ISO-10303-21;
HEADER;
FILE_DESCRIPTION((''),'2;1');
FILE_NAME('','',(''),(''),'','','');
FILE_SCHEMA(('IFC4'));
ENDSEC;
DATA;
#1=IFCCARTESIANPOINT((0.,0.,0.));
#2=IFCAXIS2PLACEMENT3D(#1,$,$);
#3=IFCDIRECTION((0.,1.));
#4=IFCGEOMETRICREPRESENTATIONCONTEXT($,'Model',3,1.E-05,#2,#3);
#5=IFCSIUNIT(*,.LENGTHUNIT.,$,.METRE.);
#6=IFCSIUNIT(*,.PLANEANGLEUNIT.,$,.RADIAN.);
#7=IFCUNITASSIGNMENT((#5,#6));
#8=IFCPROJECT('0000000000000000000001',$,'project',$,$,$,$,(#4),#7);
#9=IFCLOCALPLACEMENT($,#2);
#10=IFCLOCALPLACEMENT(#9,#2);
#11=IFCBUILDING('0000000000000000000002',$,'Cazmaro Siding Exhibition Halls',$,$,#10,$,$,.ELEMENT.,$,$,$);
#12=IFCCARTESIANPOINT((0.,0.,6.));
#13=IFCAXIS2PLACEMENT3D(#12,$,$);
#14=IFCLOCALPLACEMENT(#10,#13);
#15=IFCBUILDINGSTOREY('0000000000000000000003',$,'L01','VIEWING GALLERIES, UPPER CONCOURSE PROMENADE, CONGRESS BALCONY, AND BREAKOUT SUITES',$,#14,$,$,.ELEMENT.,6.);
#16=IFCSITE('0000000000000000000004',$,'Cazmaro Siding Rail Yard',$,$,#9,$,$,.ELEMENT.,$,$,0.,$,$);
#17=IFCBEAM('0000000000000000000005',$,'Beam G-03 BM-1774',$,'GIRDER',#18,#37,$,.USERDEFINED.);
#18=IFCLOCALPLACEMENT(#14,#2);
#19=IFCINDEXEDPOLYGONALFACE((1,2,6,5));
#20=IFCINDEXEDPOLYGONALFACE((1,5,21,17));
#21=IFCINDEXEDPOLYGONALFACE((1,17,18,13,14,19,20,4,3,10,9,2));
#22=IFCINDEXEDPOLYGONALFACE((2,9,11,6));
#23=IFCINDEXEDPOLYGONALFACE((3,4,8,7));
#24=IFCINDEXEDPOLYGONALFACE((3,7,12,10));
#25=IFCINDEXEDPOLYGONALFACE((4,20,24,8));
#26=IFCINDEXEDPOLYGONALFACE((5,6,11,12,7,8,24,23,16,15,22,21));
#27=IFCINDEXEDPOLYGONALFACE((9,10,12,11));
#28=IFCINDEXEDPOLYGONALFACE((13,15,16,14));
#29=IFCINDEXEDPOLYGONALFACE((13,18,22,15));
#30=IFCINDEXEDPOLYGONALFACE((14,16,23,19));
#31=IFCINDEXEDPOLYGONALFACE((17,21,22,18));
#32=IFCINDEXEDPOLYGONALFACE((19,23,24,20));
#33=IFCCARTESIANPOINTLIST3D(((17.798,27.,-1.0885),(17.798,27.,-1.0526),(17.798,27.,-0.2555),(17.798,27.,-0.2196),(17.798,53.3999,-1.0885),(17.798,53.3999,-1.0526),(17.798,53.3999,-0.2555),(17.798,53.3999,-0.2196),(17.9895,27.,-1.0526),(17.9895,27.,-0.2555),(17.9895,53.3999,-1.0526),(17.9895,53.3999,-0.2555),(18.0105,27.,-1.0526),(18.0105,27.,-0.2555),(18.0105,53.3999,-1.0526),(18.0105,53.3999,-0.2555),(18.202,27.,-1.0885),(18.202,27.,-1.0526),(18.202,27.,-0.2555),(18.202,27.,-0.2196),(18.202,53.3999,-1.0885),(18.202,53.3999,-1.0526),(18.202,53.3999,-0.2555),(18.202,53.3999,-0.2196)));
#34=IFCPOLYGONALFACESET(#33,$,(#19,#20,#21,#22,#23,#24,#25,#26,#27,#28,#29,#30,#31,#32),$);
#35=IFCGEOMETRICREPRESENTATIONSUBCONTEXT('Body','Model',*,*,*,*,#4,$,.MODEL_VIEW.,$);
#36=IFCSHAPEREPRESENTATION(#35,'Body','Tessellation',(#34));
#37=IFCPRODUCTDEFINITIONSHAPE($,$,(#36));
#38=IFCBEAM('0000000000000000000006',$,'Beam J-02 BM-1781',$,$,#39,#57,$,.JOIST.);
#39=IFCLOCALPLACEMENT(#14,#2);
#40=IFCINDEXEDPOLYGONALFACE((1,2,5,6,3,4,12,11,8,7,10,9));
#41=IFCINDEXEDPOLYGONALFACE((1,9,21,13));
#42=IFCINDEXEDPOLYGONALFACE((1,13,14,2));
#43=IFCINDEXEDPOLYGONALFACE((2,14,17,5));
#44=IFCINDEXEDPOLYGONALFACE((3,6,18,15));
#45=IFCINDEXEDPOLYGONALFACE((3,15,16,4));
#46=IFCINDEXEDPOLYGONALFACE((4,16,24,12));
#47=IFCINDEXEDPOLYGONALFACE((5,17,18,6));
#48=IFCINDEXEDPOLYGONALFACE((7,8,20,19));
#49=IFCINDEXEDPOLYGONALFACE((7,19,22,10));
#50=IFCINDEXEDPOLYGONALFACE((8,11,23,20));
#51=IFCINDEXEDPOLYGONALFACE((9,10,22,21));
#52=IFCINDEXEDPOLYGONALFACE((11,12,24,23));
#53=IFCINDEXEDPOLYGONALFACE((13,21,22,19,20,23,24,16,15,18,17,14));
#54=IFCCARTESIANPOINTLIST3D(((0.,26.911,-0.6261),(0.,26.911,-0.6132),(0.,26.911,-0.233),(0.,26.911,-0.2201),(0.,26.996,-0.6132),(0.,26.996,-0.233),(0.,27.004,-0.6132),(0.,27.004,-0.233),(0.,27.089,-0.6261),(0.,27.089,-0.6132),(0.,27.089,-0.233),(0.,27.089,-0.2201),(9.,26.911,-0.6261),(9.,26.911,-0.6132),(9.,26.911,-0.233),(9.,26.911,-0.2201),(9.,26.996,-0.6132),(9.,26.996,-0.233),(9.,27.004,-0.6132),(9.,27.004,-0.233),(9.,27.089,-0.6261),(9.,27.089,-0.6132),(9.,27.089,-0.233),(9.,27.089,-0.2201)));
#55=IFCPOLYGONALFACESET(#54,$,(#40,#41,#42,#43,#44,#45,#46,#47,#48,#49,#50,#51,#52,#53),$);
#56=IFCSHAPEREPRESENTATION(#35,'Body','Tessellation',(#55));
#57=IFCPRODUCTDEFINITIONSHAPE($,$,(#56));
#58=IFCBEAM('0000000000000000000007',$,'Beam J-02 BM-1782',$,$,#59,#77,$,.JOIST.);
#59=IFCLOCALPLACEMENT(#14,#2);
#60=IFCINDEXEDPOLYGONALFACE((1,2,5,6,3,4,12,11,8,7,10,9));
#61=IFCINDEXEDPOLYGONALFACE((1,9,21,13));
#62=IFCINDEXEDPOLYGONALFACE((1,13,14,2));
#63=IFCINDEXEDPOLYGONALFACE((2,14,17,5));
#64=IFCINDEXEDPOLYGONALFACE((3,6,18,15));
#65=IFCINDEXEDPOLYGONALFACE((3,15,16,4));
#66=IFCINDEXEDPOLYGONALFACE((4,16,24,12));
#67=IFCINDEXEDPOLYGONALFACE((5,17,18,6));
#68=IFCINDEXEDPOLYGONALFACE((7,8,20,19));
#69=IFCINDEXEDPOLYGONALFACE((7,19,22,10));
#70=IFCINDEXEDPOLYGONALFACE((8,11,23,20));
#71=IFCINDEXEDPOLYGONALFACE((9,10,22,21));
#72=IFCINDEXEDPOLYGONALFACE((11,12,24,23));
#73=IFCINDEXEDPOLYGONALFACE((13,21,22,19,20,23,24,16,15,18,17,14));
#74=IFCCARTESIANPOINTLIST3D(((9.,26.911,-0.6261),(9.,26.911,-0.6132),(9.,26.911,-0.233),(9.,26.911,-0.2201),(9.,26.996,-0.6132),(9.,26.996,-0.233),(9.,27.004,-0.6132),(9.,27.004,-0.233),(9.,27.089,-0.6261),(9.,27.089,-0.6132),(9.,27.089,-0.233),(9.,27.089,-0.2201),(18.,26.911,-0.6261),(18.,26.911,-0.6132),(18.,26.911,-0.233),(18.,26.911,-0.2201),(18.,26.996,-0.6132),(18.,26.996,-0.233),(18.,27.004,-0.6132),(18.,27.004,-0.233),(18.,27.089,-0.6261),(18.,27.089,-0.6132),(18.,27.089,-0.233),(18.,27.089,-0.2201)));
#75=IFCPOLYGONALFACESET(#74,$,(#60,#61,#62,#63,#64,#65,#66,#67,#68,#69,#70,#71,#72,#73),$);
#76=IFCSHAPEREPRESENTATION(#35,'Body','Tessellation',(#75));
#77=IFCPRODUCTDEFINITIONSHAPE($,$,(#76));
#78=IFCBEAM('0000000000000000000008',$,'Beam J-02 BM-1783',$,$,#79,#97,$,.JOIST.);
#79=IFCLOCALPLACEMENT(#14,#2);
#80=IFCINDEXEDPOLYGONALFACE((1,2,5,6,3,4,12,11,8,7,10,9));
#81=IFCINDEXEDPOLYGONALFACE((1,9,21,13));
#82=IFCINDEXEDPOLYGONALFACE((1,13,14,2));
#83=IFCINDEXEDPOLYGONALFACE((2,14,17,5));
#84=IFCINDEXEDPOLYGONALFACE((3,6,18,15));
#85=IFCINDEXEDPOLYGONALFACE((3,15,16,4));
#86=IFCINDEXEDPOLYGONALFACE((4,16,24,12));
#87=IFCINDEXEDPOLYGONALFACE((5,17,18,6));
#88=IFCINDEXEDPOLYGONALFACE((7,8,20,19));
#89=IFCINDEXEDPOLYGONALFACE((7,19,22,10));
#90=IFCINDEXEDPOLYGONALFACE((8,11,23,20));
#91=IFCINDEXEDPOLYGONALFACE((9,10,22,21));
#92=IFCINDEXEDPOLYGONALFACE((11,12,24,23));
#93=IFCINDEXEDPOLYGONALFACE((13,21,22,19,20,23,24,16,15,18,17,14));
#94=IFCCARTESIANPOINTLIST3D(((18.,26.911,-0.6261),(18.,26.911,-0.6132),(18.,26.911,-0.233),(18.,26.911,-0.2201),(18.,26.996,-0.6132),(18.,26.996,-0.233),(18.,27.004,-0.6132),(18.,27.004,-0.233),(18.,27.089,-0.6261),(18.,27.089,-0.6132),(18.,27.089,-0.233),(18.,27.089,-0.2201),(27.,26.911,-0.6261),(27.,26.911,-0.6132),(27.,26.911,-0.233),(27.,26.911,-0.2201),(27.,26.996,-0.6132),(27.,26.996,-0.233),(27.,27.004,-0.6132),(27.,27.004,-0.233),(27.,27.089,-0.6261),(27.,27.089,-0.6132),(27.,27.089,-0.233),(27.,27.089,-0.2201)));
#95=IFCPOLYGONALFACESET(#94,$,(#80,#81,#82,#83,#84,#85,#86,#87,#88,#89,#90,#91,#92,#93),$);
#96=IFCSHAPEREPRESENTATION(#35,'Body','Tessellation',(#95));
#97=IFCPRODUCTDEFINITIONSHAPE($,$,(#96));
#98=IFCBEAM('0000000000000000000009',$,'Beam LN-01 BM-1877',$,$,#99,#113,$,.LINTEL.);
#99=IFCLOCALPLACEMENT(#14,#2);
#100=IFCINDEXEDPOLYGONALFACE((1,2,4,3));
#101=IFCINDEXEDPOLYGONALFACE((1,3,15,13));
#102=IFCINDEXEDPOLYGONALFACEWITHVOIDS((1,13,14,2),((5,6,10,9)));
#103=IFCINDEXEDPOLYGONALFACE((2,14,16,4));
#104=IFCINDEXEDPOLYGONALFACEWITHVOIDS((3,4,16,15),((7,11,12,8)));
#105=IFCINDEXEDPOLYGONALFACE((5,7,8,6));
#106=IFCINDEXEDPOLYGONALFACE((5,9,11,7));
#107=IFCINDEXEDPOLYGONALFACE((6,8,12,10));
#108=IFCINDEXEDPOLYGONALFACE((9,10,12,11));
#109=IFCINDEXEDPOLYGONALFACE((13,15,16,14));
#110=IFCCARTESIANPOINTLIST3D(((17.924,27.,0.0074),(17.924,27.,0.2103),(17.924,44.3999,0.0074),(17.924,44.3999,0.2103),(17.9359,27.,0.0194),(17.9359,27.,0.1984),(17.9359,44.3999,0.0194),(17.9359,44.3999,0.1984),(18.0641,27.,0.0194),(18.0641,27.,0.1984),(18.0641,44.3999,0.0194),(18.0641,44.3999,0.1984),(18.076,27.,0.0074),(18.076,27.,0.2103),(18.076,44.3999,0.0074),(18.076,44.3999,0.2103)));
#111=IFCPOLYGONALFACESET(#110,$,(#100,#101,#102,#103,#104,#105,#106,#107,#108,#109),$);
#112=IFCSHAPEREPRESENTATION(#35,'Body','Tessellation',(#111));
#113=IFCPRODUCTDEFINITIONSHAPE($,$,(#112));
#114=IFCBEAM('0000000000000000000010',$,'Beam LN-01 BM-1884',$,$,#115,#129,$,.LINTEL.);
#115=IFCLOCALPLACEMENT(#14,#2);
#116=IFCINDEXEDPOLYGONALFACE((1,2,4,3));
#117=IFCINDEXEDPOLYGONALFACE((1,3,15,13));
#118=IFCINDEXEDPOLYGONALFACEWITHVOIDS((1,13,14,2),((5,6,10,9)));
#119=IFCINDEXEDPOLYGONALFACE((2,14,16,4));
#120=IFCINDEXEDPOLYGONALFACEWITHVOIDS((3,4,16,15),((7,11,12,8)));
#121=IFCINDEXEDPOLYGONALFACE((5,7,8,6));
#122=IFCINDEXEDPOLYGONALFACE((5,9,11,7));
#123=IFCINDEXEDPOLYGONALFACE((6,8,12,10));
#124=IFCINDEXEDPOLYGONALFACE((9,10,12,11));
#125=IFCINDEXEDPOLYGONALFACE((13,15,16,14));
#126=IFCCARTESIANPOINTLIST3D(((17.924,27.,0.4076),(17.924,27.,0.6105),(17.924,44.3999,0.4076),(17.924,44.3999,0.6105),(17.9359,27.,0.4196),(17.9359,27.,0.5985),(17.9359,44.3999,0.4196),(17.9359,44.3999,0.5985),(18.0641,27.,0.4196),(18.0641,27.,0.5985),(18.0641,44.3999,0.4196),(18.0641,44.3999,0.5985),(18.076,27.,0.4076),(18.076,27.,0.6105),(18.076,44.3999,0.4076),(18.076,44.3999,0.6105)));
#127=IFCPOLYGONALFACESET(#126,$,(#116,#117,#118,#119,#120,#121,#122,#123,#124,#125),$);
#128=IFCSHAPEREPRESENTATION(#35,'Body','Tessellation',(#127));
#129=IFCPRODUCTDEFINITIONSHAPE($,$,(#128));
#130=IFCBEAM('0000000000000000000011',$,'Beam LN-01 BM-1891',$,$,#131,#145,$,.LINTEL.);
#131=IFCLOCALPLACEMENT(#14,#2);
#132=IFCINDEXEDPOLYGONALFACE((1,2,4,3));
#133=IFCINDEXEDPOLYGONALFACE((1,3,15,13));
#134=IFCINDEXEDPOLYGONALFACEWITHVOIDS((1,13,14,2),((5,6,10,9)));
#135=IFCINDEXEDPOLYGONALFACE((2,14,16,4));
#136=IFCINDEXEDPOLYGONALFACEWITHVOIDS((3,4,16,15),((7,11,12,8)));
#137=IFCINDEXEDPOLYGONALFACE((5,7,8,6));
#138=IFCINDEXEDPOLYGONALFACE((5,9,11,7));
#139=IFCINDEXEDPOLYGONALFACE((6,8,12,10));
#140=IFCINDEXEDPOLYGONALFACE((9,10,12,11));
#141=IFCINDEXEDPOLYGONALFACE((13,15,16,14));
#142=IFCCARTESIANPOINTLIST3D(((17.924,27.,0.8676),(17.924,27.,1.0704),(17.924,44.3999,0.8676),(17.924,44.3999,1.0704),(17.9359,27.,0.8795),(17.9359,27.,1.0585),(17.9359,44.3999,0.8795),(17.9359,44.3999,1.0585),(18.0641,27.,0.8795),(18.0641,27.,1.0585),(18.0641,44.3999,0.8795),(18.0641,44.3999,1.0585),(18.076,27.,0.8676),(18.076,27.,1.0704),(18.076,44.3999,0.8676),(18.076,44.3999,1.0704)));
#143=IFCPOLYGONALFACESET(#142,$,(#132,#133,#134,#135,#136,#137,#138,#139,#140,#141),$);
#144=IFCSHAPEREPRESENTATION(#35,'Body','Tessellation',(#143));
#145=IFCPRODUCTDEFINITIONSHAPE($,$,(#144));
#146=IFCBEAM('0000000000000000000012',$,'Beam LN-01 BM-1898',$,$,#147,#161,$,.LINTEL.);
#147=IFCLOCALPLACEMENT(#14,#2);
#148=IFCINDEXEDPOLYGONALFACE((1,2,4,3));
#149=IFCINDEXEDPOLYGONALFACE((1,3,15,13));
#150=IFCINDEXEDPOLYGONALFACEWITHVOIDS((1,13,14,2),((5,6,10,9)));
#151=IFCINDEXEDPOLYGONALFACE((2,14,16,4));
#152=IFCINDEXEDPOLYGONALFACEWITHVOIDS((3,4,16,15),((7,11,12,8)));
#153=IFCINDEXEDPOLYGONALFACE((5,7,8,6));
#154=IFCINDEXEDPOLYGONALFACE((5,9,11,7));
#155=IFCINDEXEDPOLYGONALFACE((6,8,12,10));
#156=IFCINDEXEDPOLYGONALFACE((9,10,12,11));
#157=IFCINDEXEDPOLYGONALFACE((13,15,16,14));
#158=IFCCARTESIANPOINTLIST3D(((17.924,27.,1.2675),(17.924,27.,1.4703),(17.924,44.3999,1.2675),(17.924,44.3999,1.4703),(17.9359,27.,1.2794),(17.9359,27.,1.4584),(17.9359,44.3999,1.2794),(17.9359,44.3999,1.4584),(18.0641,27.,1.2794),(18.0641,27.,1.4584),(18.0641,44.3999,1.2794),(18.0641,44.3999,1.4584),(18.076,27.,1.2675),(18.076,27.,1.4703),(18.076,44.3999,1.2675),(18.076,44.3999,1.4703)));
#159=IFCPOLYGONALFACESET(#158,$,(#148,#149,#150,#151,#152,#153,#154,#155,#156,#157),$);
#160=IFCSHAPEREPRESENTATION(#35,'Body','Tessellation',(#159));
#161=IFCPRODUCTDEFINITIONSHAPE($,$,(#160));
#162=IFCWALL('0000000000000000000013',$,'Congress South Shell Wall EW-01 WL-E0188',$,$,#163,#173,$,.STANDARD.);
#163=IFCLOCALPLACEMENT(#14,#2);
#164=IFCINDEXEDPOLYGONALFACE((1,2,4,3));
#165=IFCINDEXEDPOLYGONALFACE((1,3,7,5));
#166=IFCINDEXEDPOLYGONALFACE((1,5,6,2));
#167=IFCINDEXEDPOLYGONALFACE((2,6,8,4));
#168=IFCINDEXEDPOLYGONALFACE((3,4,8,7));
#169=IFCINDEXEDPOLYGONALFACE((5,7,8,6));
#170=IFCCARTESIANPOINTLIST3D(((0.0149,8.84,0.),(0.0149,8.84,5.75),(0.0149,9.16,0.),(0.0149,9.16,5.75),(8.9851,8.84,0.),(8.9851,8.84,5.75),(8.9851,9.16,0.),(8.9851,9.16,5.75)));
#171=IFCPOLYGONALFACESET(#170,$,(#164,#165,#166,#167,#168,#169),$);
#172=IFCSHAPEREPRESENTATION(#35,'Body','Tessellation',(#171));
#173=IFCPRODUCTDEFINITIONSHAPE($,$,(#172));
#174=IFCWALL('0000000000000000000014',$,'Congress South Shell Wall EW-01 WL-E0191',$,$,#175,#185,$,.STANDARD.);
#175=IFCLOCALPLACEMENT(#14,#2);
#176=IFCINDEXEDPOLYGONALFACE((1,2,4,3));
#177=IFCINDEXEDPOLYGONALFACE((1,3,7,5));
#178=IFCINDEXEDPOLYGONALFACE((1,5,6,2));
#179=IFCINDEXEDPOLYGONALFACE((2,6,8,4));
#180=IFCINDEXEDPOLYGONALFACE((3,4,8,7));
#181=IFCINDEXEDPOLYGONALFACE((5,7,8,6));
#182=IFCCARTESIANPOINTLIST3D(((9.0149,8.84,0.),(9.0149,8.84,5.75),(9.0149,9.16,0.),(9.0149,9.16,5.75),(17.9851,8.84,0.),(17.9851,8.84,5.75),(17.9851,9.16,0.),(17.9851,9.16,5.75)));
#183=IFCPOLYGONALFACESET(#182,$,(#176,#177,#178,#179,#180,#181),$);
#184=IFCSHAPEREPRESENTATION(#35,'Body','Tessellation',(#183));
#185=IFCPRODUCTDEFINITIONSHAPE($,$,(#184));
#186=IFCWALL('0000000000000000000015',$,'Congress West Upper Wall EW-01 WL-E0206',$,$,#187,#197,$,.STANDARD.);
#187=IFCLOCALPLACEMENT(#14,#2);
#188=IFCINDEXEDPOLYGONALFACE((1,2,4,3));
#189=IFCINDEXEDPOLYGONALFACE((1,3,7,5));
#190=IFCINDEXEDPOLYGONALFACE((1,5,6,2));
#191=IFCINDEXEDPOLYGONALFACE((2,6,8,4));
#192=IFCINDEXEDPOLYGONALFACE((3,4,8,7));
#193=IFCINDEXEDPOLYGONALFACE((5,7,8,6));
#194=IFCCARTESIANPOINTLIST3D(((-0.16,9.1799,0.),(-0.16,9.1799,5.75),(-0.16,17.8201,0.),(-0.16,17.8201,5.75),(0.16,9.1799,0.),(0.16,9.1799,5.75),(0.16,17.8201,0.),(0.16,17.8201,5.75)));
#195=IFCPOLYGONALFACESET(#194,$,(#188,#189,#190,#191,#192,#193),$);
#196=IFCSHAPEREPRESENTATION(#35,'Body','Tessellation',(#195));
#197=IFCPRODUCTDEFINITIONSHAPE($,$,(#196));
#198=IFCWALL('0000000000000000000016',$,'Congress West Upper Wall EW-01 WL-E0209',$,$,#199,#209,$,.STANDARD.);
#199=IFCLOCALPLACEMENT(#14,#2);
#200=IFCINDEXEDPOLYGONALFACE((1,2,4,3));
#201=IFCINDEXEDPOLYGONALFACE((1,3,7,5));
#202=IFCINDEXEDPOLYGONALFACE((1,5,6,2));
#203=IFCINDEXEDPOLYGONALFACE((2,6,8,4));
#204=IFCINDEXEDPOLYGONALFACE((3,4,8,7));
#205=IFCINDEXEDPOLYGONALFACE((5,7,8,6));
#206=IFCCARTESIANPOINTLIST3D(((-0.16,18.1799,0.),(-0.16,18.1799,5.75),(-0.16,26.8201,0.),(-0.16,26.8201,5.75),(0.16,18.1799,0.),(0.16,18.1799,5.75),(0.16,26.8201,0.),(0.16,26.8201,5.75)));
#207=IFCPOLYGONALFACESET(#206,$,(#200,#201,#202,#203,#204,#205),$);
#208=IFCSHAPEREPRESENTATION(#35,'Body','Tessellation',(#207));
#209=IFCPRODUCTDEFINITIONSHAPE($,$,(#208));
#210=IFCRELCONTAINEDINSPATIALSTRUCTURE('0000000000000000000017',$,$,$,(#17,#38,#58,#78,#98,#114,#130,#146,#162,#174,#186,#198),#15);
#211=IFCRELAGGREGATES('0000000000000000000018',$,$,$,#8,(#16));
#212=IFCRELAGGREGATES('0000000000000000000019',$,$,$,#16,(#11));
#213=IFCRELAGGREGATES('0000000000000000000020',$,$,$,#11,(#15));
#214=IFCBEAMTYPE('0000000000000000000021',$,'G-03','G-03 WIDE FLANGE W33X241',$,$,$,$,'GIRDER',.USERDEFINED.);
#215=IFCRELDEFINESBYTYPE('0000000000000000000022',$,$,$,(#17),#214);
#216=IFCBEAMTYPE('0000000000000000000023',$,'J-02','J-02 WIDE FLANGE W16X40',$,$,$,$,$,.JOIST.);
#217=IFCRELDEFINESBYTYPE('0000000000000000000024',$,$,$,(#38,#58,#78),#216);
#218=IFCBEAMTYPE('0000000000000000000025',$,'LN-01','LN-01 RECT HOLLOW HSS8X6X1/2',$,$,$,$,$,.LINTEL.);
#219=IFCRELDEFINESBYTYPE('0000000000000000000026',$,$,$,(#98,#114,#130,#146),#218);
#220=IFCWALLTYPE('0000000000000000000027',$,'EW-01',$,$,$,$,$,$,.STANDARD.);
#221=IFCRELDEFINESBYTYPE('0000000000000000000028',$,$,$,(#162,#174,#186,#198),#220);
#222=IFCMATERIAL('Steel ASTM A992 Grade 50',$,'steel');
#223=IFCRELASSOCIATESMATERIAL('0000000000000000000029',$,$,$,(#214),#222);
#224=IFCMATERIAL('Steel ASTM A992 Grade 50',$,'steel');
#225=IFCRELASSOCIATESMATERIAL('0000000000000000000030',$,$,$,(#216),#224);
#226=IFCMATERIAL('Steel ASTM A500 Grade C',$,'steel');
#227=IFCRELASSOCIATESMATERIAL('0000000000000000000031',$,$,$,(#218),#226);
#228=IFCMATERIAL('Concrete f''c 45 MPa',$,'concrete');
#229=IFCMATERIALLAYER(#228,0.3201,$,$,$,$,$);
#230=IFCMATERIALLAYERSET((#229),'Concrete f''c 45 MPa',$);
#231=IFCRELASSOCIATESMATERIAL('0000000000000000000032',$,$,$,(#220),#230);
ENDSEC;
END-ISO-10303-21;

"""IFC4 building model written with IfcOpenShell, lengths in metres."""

from ifc_helpers import new_model, si_unit, direction, frame, frame_2d, origin, origin_2d, place, context, subcontext, project, spatial, rectangle, hollow_rectangle, i_section, extrude, material, layer, layer_set, material_profile, profile_set, type_object, element, save


model = new_model("IFC4")

# Units and contexts
model_context = context("Model", 3, precision=1e-05, world=origin(), true_north=direction((0.0, 1.0)))
body_context = subcontext(model_context, "Body", "Model", "MODEL_VIEW")
ifc_project = project(units=[si_unit("LENGTHUNIT", "METRE"), si_unit("PLANEANGLEUNIT", "RADIAN")], contexts=[model_context])

# Site, building, storey
site_placement = place(None, origin())
site = spatial("IfcSite", under=ifc_project, at=site_placement, Name="Cazmaro Siding Rail Yard", CompositionType="ELEMENT", RefElevation=0.0)
building_placement = place(site_placement, origin())
building = spatial("IfcBuilding", under=site, at=building_placement, Name="Cazmaro Siding Exhibition Halls", CompositionType="ELEMENT")
storey_placement = place(building_placement, frame((0.0, 0.0, 6.0)))
storey = spatial("IfcBuildingStorey", under=building, at=storey_placement, Name="L01", Description="VIEWING GALLERIES, UPPER CONCOURSE PROMENADE, CONGRESS BALCONY, AND BREAKOUT SUITES", CompositionType="ELEMENT", Elevation=6.0)

# Beams
ifc_material_1 = material(Name="Steel ASTM A992 Grade 50", Category="steel")
ifc_material_profile_1 = material_profile(ifc_material_1, i_section(OverallWidth=0.4041, OverallDepth=0.8689, WebThickness=0.021, FlangeThickness=0.0359, at=origin_2d()), Name="W33X241")
ifc_profile_set_1 = profile_set([ifc_material_profile_1], Name="Steel ASTM A992 Grade 50")
beam_type_1 = type_object("IfcBeamType", Name="G-03", Description="G-03 WIDE FLANGE W33X241", ElementType="GIRDER", PredefinedType="USERDEFINED", material=ifc_profile_set_1)
for number, where, z_axis, x_axis, name in (
    (1, (18.0, 27.0, -0.6541), (0.0, 1.0, 0.0), (-1.0, 0.0, 0.0), "Beam G-03 BM-1774"),
):
    element("IfcBeam", number, at=place(storey_placement, frame(where, z_axis=z_axis, x_axis=x_axis)), inside=storey, type_object=beam_type_1, Name=name, ObjectType="GIRDER", PredefinedType="USERDEFINED", context=body_context, shape_type="SweptSolid", body=[
        extrude(i_section(OverallWidth=0.4041, OverallDepth=0.8689, WebThickness=0.021, FlangeThickness=0.0359, at=origin_2d()), origin(), (0.0, 0.0, 1.0), 26.3999),
    ])
ifc_material_2 = material(Name="Steel ASTM A992 Grade 50", Category="steel")
ifc_material_profile_2 = material_profile(ifc_material_2, i_section(OverallWidth=0.178, OverallDepth=0.406, WebThickness=0.0081, FlangeThickness=0.0129, at=origin_2d()), Name="W16X40")
ifc_profile_set_2 = profile_set([ifc_material_profile_2], Name="Steel ASTM A992 Grade 50")
beam_type_2 = type_object("IfcBeamType", Name="J-02", Description="J-02 WIDE FLANGE W16X40", PredefinedType="JOIST", material=ifc_profile_set_2)
for number, where, z_axis, x_axis, name in (
    (2, (0.0, 27.0, -0.4231), (1.0, 0.0, 0.0), (0.0, 1.0, 0.0), "Beam J-02 BM-1781"),
    (3, (9.0, 27.0, -0.4231), (1.0, 0.0, 0.0), (0.0, 1.0, 0.0), "Beam J-02 BM-1782"),
    (4, (18.0, 27.0, -0.4231), (1.0, 0.0, 0.0), (0.0, 1.0, 0.0), "Beam J-02 BM-1783"),
):
    element("IfcBeam", number, at=place(storey_placement, frame(where, z_axis=z_axis, x_axis=x_axis)), inside=storey, type_object=beam_type_2, Name=name, PredefinedType="JOIST", context=body_context, shape_type="SweptSolid", body=[
        extrude(i_section(OverallWidth=0.178, OverallDepth=0.406, WebThickness=0.0081, FlangeThickness=0.0129, at=origin_2d()), origin(), (0.0, 0.0, 1.0), 9.0),
    ])
ifc_material_3 = material(Name="Steel ASTM A500 Grade C", Category="steel")
ifc_material_profile_3 = material_profile(ifc_material_3, hollow_rectangle(XDim=0.1521, YDim=0.2029, WallThickness=0.012, at=origin_2d()), Name="HSS8X6X1/2")
ifc_profile_set_3 = profile_set([ifc_material_profile_3], Name="Steel ASTM A500 Grade C")
beam_type_3 = type_object("IfcBeamType", Name="LN-01", Description="LN-01 RECT HOLLOW HSS8X6X1/2", PredefinedType="LINTEL", material=ifc_profile_set_3)
for number, where, z_axis, x_axis, name in (
    (5, (18.0, 27.0, 0.1089), (0.0, 1.0, 0.0), (-1.0, 0.0, 0.0), "Beam LN-01 BM-1877"),
    (6, (18.0, 27.0, 0.509), (0.0, 1.0, 0.0), (-1.0, 0.0, 0.0), "Beam LN-01 BM-1884"),
    (7, (18.0, 27.0, 0.969), (0.0, 1.0, 0.0), (-1.0, 0.0, 0.0), "Beam LN-01 BM-1891"),
    (8, (18.0, 27.0, 1.3689), (0.0, 1.0, 0.0), (-1.0, 0.0, 0.0), "Beam LN-01 BM-1898"),
):
    element("IfcBeam", number, at=place(storey_placement, frame(where, z_axis=z_axis, x_axis=x_axis)), inside=storey, type_object=beam_type_3, Name=name, PredefinedType="LINTEL", context=body_context, shape_type="SweptSolid", body=[
        extrude(hollow_rectangle(XDim=0.1521, YDim=0.2029, WallThickness=0.012, at=origin_2d()), origin(), (0.0, 0.0, 1.0), 17.3999),
    ])

# Walls
ifc_material_4 = material(Name="Concrete f'c 45 MPa", Category="concrete")
ifc_layer = layer(ifc_material_4, 0.3201)
ifc_layer_set = layer_set([ifc_layer], Name="Concrete f'c 45 MPa")
wall_type = type_object("IfcWallType", Name="EW-01", PredefinedType="STANDARD", material=ifc_layer_set)
for number, where, z_axis, x_axis, name in (
    (9, (8.9851, 9.0, 0.0), (0.0, 0.0, 1.0), (-1.0, 0.0, 0.0), "Congress South Shell Wall EW-01 WL-E0188"),
    (10, (17.9851, 9.0, 0.0), (0.0, 0.0, 1.0), (-1.0, 0.0, 0.0), "Congress South Shell Wall EW-01 WL-E0191"),
):
    element("IfcWall", number, at=place(storey_placement, frame(where, z_axis=z_axis, x_axis=x_axis)), inside=storey, type_object=wall_type, Name=name, PredefinedType="STANDARD", context=body_context, shape_type="SweptSolid", body=[
        extrude(rectangle(XDim=8.9702, YDim=0.3201, at=frame_2d((4.4851, 0.0))), origin(), (0.0, 0.0, 1.0), 5.75),
    ])
for number, where, z_axis, x_axis, name in (
    (11, (0.0, 9.1799, 0.0), (0.0, 0.0, 1.0), (0.0, 1.0, 0.0), "Congress West Upper Wall EW-01 WL-E0206"),
    (12, (0.0, 18.1799, 0.0), (0.0, 0.0, 1.0), (0.0, 1.0, 0.0), "Congress West Upper Wall EW-01 WL-E0209"),
):
    element("IfcWall", number, at=place(storey_placement, frame(where, z_axis=z_axis, x_axis=x_axis)), inside=storey, type_object=wall_type, Name=name, PredefinedType="STANDARD", context=body_context, shape_type="SweptSolid", body=[
        extrude(rectangle(XDim=8.6401, YDim=0.3201, at=frame_2d((4.3201, 0.0))), origin(), (0.0, 0.0, 1.0), 5.75),
    ])

save(model, "model.ifc")
